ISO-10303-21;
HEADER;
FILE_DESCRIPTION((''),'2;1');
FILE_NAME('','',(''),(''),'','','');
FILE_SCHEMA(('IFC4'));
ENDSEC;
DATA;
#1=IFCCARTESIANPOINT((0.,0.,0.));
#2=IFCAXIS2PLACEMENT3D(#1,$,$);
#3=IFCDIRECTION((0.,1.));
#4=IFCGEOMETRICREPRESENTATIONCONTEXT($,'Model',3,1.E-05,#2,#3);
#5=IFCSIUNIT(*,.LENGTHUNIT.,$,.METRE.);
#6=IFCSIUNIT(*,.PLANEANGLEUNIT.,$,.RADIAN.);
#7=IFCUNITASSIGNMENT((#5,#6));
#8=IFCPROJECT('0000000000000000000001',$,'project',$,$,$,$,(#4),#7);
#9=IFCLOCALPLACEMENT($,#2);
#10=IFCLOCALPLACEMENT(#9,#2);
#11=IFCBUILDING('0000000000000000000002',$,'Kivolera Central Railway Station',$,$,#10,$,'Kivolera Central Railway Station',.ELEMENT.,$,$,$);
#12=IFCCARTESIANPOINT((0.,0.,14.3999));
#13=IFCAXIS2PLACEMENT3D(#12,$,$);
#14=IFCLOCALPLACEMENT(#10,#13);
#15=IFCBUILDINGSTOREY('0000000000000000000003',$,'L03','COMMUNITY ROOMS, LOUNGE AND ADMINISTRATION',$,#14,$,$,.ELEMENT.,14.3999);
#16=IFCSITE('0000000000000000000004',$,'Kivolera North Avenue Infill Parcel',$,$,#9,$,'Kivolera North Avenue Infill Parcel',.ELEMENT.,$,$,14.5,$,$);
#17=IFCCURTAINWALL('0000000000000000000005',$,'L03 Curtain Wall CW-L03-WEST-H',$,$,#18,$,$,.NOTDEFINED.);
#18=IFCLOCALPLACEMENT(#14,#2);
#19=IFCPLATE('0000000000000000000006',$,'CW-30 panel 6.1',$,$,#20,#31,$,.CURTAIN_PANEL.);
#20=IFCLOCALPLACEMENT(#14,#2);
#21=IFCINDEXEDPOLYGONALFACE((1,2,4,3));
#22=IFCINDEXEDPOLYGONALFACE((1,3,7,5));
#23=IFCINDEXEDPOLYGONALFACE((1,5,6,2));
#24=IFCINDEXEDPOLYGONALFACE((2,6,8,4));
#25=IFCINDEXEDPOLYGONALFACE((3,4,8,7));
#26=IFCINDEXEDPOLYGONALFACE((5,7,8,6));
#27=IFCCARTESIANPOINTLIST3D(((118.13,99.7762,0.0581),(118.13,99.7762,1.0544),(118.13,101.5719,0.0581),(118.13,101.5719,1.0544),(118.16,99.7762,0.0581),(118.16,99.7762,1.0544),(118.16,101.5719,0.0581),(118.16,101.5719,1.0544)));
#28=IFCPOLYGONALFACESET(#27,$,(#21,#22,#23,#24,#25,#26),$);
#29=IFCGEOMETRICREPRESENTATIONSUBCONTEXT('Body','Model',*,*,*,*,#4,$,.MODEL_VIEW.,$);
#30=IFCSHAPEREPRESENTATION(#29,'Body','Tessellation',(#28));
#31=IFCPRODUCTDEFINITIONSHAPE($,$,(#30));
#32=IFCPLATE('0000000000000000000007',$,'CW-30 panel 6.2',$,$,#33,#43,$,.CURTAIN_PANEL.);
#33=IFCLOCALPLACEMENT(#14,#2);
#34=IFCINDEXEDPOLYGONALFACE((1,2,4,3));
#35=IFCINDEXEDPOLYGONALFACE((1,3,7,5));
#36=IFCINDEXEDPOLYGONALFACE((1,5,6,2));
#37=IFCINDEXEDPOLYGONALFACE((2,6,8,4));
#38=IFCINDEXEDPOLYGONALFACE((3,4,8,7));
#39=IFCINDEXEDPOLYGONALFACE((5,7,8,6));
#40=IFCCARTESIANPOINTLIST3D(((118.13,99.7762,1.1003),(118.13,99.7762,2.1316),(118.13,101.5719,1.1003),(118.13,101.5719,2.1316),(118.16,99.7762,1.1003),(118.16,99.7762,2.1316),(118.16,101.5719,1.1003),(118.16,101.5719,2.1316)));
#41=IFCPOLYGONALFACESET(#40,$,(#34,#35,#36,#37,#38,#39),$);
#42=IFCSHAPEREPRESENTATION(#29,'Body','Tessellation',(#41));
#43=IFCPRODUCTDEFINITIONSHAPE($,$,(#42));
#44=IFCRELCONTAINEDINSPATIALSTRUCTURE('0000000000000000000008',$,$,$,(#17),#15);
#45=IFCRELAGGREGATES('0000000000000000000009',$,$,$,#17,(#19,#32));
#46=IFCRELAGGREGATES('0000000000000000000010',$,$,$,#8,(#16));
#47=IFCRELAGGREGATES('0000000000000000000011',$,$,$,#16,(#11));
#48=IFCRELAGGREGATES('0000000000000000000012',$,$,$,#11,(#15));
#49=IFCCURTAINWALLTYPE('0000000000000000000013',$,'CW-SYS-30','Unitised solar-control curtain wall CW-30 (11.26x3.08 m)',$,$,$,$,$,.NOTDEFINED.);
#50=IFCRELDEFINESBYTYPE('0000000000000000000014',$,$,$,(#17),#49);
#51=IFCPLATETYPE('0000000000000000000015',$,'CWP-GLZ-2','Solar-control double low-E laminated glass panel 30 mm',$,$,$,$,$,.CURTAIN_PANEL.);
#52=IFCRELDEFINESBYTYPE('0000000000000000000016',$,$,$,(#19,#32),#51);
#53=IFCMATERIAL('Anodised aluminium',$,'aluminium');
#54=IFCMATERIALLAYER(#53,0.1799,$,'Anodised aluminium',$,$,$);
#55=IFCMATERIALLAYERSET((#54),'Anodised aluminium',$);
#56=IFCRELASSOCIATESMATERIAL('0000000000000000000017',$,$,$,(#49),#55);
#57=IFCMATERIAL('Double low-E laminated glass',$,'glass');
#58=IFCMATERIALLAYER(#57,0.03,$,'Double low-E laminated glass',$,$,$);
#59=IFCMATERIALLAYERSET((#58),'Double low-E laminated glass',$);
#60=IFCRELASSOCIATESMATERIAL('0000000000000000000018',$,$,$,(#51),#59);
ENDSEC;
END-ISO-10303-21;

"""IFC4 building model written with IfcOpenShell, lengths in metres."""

from ifc_helpers import new_model, si_unit, direction, frame, origin, origin_2d, place, context, subcontext, project, spatial, rectangle, extrude, material, layer, layer_set, type_object, element, aggregate, save


model = new_model("IFC4")

# Units and contexts
model_context = context("Model", 3, precision=1e-05, world=origin(), true_north=direction((0.0, 1.0)))
body_context = subcontext(model_context, "Body", "Model", "MODEL_VIEW")
ifc_project = project(units=[si_unit("LENGTHUNIT", "METRE"), si_unit("PLANEANGLEUNIT", "RADIAN")], contexts=[model_context])

# Site, building, storey
site_placement = place(None, origin())
site = spatial("IfcSite", under=ifc_project, at=site_placement, Name="Kivolera North Avenue Infill Parcel", LongName="Kivolera North Avenue Infill Parcel", CompositionType="ELEMENT", RefElevation=14.5)
building_placement = place(site_placement, origin())
building = spatial("IfcBuilding", under=site, at=building_placement, Name="Kivolera Central Railway Station", LongName="Kivolera Central Railway Station", CompositionType="ELEMENT")
storey_placement = place(building_placement, frame((0.0, 0.0, 14.3999)))
storey = spatial("IfcBuildingStorey", under=building, at=storey_placement, Name="L03", Description="COMMUNITY ROOMS, LOUNGE AND ADMINISTRATION", CompositionType="ELEMENT", Elevation=14.3999)

# Curtain wall, plates
ifc_material_1 = material(Name="Anodised aluminium", Category="aluminium")
ifc_layer_1 = layer(ifc_material_1, 0.1799, Name="Anodised aluminium")
ifc_layer_set_1 = layer_set([ifc_layer_1], Name="Anodised aluminium")
curtain_wall_type = type_object("IfcCurtainWallType", Name="CW-SYS-30", Description="Unitised solar-control curtain wall CW-30 (11.26x3.08 m)", PredefinedType="NOTDEFINED", material=ifc_layer_set_1)
curtain_wall_placement = place(storey_placement, origin())
curtain_wall = element("IfcCurtainWall", 1, at=curtain_wall_placement, inside=storey, type_object=curtain_wall_type, Name="L03 Curtain Wall CW-L03-WEST-H", PredefinedType="NOTDEFINED")
ifc_material_2 = material(Name="Double low-E laminated glass", Category="glass")
ifc_layer_2 = layer(ifc_material_2, 0.03, Name="Double low-E laminated glass")
ifc_layer_set_2 = layer_set([ifc_layer_2], Name="Double low-E laminated glass")
plate_type = type_object("IfcPlateType", Name="CWP-GLZ-2", Description="Solar-control double low-E laminated glass panel 30 mm", PredefinedType="CURTAIN_PANEL", material=ifc_layer_set_2)
plate_1_placement = place(storey_placement, frame((118.145, 100.6741, 0.0581), z_axis=(0.0, 0.0, 1.0), x_axis=(0.0, 1.0, 0.0)))
plate_1 = element("IfcPlate", 2, at=plate_1_placement, type_object=plate_type, Name="CW-30 panel 6.1", PredefinedType="CURTAIN_PANEL", context=body_context, shape_type="SweptSolid", body=[
    extrude(rectangle(XDim=1.7957, YDim=0.03, at=origin_2d()), origin(), (0.0, 0.0, 1.0), 0.9963),
])
plate_2_placement = place(storey_placement, frame((118.145, 100.6741, 1.1003), z_axis=(0.0, 0.0, 1.0), x_axis=(0.0, 1.0, 0.0)))
plate_2 = element("IfcPlate", 3, at=plate_2_placement, type_object=plate_type, Name="CW-30 panel 6.2", PredefinedType="CURTAIN_PANEL", context=body_context, shape_type="SweptSolid", body=[
    extrude(rectangle(XDim=1.7957, YDim=0.03, at=origin_2d()), origin(), (0.0, 0.0, 1.0), 1.0312),
])
aggregate(curtain_wall, [plate_1, plate_2])

save(model, "model.ifc")
